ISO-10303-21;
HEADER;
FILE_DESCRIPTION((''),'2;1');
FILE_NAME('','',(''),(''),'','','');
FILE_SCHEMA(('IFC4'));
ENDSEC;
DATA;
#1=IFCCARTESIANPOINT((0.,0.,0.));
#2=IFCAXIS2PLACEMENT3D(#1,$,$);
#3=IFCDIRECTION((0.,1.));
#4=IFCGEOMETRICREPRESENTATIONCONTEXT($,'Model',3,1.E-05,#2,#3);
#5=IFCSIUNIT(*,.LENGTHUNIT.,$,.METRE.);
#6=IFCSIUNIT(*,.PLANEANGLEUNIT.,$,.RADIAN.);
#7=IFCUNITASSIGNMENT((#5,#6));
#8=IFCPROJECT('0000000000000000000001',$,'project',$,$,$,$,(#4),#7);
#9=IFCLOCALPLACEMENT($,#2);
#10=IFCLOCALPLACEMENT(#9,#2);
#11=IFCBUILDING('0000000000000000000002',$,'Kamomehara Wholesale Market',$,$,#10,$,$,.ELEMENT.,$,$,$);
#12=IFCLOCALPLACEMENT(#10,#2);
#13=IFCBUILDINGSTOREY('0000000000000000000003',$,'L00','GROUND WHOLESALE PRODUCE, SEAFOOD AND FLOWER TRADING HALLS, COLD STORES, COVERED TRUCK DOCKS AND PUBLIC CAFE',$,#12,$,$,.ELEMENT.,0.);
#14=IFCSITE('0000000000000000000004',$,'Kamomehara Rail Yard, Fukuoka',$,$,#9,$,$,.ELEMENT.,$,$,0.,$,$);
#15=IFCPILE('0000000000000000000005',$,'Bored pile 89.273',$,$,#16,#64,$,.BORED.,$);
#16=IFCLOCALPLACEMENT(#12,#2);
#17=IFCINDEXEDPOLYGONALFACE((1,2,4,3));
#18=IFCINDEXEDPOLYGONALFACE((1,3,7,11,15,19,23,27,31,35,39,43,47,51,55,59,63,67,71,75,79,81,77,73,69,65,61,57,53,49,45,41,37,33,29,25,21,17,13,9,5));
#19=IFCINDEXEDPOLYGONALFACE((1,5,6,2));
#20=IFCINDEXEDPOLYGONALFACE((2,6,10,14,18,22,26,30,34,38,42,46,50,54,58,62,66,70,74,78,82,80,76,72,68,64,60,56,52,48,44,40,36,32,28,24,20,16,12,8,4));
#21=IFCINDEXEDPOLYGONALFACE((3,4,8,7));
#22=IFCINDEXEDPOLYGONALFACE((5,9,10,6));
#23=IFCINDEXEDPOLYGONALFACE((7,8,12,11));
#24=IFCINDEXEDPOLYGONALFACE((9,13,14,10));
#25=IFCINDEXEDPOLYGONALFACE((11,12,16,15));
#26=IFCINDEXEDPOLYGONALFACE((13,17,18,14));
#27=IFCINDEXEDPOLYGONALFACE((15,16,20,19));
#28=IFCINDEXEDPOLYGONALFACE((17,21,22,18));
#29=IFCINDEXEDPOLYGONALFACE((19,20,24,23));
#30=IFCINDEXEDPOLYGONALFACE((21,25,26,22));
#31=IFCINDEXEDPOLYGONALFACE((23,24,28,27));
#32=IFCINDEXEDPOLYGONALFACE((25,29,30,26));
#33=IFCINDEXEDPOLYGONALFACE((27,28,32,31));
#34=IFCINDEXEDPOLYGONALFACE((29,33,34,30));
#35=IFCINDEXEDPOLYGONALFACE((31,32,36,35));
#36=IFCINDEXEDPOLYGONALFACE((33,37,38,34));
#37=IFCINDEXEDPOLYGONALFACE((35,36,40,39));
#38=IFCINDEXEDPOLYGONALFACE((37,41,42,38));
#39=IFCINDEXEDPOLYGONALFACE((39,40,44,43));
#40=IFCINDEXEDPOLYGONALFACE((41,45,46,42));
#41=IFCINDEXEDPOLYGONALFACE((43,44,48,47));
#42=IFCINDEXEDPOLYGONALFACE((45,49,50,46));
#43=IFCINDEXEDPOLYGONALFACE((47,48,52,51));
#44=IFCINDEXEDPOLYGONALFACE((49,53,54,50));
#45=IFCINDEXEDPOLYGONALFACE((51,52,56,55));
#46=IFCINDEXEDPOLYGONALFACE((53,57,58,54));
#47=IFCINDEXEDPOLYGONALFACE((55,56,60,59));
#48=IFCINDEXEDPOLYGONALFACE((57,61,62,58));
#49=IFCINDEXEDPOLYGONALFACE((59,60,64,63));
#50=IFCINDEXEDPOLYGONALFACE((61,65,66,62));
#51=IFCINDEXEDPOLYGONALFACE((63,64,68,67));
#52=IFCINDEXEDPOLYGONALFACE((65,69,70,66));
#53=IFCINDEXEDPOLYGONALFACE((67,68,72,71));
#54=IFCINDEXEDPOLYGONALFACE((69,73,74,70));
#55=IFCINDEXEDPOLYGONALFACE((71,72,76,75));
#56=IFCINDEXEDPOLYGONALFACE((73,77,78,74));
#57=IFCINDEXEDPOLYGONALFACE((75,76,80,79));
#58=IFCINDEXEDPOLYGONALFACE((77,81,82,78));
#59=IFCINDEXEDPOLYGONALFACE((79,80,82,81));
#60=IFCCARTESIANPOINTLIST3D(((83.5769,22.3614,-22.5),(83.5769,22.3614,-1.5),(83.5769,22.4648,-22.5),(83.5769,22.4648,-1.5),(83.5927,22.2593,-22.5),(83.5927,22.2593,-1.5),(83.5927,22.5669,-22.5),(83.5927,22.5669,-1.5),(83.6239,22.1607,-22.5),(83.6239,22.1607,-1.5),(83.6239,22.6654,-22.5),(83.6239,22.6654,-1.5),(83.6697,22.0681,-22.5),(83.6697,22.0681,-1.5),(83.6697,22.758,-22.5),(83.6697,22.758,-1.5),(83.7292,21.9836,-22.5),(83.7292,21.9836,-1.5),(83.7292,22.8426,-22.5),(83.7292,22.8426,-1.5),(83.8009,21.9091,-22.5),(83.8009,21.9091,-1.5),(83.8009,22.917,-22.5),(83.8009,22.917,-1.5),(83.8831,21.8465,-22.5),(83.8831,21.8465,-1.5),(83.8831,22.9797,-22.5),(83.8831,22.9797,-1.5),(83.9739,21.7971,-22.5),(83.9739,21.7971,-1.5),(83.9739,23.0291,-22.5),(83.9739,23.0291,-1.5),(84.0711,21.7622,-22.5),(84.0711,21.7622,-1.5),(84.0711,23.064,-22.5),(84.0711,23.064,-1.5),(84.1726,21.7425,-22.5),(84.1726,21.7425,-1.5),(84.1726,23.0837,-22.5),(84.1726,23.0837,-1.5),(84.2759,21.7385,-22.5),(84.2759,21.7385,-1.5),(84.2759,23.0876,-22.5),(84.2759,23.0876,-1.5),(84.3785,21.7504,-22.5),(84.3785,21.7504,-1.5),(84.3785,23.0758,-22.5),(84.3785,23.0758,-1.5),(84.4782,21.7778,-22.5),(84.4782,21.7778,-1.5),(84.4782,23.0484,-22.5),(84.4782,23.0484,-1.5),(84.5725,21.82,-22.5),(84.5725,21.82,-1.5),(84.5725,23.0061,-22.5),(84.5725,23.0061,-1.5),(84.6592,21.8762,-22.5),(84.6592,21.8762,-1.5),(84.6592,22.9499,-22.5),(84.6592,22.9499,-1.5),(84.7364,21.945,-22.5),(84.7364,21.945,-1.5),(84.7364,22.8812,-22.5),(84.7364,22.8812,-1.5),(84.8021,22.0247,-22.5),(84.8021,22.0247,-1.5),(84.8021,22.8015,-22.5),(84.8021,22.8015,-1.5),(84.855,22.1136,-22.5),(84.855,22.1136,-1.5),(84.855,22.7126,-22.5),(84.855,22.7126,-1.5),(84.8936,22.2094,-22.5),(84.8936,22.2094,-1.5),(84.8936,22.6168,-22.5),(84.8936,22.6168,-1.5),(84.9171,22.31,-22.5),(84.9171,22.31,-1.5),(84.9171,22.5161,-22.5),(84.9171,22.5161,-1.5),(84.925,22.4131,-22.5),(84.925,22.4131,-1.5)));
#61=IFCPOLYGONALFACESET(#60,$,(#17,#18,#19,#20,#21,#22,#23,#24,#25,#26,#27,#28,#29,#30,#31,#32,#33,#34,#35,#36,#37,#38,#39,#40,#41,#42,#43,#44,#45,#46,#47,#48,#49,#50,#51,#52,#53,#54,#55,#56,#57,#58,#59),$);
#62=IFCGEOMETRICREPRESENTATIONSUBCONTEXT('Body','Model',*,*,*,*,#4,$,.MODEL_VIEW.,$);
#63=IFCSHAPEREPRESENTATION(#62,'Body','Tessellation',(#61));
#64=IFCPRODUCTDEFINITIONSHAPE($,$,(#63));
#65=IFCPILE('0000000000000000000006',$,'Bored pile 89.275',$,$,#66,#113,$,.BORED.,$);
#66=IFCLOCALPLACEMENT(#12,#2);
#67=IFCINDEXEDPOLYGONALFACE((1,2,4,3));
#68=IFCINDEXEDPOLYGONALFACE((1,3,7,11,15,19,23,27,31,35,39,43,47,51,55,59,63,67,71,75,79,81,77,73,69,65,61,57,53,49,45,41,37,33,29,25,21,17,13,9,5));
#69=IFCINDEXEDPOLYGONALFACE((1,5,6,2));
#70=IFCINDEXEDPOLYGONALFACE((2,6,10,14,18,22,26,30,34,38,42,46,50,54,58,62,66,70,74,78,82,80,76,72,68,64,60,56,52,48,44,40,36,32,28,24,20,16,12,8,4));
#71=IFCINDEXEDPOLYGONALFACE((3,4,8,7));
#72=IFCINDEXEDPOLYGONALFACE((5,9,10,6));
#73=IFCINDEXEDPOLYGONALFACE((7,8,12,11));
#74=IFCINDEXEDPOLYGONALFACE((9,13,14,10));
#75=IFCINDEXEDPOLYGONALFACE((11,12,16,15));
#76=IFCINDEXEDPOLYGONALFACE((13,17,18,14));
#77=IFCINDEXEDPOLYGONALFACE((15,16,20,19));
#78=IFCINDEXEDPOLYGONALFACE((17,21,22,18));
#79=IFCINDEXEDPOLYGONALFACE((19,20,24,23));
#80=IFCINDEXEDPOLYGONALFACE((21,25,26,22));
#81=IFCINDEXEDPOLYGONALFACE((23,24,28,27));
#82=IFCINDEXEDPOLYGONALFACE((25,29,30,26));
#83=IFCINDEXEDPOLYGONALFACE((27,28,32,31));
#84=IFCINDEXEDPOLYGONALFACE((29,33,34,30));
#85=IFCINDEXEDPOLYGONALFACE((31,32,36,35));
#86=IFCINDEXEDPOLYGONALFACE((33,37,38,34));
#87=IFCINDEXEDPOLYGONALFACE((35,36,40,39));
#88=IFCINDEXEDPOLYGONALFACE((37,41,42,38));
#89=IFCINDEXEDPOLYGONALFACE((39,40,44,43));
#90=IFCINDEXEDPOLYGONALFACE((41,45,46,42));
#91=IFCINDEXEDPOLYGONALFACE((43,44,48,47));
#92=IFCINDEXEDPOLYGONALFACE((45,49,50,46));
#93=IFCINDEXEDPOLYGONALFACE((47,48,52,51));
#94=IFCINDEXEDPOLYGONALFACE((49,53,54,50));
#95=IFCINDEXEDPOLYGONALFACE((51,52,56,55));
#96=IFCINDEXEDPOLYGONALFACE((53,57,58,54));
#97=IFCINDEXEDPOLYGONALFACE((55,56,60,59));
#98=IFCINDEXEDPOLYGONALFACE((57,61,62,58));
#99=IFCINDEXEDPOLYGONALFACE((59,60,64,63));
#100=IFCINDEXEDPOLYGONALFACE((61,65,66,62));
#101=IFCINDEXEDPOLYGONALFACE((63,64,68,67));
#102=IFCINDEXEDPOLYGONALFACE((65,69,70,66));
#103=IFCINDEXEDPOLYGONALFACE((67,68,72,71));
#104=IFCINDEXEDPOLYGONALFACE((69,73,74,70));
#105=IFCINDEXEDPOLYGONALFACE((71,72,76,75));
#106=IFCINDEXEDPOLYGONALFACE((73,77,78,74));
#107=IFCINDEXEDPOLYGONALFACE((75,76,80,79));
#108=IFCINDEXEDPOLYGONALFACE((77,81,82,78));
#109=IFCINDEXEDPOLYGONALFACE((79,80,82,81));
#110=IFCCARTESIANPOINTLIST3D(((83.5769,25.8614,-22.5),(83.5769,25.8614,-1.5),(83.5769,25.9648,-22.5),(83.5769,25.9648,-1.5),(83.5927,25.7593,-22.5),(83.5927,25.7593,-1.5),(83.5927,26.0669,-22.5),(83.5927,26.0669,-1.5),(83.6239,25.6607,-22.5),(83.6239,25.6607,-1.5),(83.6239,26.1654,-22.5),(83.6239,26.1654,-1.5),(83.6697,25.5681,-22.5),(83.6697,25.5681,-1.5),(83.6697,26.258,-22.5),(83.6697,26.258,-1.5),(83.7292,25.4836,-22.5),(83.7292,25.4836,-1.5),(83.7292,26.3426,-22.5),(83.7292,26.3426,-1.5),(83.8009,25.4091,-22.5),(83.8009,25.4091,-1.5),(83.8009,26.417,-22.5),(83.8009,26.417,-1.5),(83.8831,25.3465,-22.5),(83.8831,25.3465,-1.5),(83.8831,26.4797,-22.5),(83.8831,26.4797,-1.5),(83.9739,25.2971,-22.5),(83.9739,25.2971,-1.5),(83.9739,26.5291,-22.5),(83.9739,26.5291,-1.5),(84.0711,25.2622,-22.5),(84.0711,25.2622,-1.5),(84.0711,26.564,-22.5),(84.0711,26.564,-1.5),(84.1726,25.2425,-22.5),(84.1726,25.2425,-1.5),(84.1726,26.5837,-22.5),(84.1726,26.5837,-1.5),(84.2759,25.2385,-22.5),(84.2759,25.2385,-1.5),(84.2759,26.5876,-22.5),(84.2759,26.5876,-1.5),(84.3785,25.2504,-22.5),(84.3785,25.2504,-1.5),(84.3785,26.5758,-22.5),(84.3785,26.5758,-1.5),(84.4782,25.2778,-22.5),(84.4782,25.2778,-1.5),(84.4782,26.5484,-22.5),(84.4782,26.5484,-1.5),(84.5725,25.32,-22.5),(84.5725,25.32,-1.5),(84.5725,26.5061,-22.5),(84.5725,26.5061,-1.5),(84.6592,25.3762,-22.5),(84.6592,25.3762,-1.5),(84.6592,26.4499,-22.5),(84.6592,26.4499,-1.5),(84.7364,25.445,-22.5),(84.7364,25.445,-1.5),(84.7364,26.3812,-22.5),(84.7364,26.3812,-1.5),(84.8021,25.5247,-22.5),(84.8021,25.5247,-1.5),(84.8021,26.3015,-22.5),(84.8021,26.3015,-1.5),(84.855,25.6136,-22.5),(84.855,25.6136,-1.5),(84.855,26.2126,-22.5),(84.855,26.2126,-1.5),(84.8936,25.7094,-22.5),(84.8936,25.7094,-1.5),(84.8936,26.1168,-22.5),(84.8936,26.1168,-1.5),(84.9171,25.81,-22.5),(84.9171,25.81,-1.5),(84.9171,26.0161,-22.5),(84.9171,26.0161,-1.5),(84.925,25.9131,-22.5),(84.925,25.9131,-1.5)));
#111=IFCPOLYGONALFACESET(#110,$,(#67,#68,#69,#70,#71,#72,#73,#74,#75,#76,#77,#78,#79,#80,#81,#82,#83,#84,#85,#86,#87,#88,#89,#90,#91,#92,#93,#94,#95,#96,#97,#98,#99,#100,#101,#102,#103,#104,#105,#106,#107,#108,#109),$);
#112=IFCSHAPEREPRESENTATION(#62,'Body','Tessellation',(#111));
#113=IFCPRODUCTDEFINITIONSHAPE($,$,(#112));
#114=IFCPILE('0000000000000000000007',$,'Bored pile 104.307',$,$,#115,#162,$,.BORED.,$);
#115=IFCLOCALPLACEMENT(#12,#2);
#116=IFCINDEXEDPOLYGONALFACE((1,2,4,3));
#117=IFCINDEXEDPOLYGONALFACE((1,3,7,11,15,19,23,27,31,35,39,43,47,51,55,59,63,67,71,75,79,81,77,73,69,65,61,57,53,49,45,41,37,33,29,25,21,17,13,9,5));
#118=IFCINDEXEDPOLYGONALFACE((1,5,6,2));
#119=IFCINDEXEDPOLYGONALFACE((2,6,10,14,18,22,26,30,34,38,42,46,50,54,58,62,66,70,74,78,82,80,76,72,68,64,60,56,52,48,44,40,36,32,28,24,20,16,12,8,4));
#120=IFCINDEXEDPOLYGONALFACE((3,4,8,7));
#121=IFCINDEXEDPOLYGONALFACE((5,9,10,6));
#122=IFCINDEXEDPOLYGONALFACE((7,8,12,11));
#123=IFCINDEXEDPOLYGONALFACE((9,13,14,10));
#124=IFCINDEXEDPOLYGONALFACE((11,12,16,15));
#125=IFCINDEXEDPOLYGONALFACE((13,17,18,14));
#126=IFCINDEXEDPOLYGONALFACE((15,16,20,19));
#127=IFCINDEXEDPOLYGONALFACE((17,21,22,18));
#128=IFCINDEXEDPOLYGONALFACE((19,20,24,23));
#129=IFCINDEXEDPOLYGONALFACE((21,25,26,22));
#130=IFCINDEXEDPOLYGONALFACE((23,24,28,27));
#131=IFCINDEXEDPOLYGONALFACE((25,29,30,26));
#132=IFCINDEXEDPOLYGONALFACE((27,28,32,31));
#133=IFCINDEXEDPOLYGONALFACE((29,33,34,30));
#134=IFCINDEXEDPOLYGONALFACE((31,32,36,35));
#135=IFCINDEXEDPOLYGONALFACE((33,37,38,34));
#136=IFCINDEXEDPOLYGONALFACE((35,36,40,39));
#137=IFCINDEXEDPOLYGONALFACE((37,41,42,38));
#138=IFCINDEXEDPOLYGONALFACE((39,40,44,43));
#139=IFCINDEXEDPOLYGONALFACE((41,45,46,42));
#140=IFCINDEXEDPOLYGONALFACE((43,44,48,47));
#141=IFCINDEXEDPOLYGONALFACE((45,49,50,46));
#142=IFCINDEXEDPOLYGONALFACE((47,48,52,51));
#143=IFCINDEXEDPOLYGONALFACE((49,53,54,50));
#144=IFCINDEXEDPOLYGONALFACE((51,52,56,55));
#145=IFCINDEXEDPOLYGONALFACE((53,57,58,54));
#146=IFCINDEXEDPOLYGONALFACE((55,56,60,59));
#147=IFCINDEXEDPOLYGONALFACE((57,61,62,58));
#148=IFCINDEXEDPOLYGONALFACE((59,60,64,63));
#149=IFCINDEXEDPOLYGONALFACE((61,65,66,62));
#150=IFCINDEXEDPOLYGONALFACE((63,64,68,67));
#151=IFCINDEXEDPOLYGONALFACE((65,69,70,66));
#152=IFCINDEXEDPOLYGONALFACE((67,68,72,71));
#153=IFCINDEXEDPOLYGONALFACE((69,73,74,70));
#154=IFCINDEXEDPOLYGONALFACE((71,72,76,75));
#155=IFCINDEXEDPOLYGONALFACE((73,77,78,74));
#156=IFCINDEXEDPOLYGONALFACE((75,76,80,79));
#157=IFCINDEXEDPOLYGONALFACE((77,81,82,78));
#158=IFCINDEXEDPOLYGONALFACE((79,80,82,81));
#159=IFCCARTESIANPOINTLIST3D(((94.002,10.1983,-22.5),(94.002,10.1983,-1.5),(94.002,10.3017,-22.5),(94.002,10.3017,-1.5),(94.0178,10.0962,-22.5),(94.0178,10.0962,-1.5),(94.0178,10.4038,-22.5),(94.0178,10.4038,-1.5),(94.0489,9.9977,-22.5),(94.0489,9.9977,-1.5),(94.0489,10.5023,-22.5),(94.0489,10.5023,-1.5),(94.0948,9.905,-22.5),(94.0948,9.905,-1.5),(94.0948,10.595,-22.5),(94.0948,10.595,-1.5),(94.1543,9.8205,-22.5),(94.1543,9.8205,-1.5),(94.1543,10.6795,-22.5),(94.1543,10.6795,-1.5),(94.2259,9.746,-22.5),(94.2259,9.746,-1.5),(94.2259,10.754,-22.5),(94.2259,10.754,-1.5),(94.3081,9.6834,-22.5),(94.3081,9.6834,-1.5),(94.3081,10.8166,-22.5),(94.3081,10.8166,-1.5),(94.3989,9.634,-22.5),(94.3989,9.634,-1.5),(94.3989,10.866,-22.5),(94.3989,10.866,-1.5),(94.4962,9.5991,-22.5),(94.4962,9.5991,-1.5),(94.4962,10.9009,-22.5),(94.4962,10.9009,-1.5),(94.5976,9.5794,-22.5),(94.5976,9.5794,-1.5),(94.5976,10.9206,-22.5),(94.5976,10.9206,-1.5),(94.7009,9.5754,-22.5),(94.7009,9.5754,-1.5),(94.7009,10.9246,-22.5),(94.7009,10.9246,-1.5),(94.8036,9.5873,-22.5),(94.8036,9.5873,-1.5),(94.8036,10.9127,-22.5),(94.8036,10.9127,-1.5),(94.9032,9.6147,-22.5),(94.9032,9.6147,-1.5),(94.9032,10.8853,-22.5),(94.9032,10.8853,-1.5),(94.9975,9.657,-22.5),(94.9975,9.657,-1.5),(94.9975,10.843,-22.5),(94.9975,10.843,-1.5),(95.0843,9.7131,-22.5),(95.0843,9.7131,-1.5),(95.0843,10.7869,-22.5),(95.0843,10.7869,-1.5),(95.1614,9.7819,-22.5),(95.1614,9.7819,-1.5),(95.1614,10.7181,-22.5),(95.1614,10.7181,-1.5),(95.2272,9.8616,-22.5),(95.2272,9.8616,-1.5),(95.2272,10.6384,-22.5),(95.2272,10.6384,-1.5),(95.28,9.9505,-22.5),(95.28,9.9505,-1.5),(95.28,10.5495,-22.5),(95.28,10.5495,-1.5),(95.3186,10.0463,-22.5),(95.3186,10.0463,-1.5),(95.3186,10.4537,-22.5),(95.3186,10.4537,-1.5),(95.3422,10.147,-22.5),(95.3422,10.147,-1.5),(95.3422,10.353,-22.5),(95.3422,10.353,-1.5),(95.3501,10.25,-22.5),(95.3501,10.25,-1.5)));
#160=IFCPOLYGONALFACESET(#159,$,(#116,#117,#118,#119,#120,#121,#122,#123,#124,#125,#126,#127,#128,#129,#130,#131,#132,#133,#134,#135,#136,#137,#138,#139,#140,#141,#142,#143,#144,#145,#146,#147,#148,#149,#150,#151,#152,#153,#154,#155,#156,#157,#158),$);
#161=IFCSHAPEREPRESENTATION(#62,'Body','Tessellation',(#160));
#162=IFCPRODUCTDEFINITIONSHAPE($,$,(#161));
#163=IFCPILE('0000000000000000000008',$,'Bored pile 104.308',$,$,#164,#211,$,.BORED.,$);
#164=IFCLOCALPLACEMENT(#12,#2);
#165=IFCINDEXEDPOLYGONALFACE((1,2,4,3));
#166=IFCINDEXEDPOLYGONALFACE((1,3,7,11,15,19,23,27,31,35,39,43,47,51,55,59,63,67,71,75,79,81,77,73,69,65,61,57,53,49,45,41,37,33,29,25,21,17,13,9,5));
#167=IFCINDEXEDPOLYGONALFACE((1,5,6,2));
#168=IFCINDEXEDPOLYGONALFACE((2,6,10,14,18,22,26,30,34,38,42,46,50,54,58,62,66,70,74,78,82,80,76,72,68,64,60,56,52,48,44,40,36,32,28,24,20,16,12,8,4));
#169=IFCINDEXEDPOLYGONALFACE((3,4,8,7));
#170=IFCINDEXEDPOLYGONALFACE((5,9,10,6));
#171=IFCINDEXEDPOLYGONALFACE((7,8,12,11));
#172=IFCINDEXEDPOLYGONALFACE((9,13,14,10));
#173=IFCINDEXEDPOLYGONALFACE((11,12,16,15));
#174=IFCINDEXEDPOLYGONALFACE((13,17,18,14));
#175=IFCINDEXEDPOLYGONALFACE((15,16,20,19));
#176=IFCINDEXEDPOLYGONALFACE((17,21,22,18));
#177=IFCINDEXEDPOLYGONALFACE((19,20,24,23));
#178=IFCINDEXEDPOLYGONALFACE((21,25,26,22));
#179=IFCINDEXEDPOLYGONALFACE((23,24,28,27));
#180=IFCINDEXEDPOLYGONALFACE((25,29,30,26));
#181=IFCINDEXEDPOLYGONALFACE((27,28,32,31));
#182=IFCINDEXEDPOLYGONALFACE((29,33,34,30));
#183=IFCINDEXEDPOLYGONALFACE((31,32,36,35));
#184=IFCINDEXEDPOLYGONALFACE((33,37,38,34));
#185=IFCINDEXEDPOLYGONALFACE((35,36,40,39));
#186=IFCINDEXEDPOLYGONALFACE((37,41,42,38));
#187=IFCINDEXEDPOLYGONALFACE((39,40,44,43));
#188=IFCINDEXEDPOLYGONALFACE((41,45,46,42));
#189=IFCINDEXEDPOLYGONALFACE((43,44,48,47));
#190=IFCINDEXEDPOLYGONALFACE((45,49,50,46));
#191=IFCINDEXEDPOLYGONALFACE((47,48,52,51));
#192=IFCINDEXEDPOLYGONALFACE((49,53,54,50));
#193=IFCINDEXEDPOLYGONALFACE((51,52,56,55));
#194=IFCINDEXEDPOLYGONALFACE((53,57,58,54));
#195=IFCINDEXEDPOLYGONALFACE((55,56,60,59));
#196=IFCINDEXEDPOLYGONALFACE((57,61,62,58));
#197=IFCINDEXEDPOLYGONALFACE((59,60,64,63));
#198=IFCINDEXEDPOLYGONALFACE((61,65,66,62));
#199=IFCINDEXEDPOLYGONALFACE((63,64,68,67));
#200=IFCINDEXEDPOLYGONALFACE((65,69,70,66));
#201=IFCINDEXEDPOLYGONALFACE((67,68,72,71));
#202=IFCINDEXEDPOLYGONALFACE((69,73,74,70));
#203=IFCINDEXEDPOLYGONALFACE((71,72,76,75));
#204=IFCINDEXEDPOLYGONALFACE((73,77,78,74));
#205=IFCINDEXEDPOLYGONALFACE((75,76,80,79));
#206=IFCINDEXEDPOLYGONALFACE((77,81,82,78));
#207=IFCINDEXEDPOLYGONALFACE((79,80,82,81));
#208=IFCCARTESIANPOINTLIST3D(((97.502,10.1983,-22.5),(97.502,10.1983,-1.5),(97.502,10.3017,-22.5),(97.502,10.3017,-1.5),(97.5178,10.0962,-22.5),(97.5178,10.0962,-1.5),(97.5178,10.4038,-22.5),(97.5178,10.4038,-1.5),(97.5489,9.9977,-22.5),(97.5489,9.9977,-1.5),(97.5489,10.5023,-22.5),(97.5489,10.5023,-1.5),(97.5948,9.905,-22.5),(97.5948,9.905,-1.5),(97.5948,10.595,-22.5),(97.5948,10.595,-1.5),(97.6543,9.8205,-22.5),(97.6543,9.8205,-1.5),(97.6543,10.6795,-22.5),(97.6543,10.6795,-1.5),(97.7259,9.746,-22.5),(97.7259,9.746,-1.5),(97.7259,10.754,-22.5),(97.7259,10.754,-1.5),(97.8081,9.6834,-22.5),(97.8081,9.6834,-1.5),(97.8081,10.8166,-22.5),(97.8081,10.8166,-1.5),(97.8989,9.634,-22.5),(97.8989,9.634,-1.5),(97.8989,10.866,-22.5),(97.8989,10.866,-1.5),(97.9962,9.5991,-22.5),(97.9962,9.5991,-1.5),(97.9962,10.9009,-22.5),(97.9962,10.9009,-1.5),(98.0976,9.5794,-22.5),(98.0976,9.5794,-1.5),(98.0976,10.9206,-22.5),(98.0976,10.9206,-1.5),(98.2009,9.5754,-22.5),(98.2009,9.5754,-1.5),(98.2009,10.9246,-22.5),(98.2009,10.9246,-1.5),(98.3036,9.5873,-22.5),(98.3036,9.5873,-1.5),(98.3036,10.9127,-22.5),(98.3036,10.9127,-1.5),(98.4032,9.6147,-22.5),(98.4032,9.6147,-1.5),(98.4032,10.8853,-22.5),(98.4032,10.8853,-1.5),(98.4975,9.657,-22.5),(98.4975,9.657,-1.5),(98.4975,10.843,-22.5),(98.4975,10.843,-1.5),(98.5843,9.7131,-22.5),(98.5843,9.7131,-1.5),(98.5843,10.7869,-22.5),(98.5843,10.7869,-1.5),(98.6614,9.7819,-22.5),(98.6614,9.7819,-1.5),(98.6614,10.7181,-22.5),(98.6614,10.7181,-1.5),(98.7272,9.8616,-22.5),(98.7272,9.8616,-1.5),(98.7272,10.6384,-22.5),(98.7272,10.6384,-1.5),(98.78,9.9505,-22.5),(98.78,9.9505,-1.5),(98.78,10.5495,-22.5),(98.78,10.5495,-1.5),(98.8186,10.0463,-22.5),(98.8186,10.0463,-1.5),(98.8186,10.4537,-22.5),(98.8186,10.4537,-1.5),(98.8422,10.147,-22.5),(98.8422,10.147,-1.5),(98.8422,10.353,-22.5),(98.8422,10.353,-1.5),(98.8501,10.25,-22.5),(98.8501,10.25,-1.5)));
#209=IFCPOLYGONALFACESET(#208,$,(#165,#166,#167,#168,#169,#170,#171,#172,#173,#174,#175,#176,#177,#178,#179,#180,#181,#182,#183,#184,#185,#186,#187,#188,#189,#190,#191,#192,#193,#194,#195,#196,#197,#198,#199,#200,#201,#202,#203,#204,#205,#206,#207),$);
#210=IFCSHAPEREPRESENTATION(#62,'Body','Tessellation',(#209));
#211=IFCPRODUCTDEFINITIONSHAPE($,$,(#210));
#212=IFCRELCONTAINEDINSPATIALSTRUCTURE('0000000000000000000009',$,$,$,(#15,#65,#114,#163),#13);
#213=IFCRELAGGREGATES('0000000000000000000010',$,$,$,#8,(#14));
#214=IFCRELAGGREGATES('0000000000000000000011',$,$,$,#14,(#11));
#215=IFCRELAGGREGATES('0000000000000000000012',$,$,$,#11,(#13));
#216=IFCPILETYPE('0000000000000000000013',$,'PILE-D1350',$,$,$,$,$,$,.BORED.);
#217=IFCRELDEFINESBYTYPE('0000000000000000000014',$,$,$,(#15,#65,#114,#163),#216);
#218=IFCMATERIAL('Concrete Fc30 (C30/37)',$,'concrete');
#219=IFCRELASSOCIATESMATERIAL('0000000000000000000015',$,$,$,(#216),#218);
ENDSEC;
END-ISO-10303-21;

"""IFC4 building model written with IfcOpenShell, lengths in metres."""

from ifc_helpers import new_model, si_unit, direction, frame, origin, origin_2d, place, context, subcontext, project, spatial, circle, extrude, material, material_profile, profile_set, type_object, element, save


model = new_model("IFC4")

# Units and contexts
model_context = context("Model", 3, precision=1e-05, world=origin(), true_north=direction((0.0, 1.0)))
body_context = subcontext(model_context, "Body", "Model", "MODEL_VIEW")
ifc_project = project(units=[si_unit("LENGTHUNIT", "METRE"), si_unit("PLANEANGLEUNIT", "RADIAN")], contexts=[model_context])

# Site, building, storey
site_placement = place(None, origin())
site = spatial("IfcSite", under=ifc_project, at=site_placement, Name="Kamomehara Rail Yard, Fukuoka", CompositionType="ELEMENT", RefElevation=0.0)
building_placement = place(site_placement, origin())
building = spatial("IfcBuilding", under=site, at=building_placement, Name="Kamomehara Wholesale Market", CompositionType="ELEMENT")
storey_placement = place(building_placement, origin())
storey = spatial("IfcBuildingStorey", under=building, at=storey_placement, Name="L00", Description="GROUND WHOLESALE PRODUCE, SEAFOOD AND FLOWER TRADING HALLS, COLD STORES, COVERED TRUCK DOCKS AND PUBLIC CAFE", CompositionType="ELEMENT", Elevation=0.0)

# Piles
ifc_material_1 = material(Name="Concrete Fc30 (C30/37)", Category="concrete")
ifc_material_profile_1 = material_profile(ifc_material_1, circle(Radius=0.675, at=origin_2d()), Name="RC-PILE-D1350")
ifc_profile_set_1 = profile_set([ifc_material_profile_1], Name="Concrete Fc30 (C30/37)")
pile_type_1 = type_object("IfcPileType", Name="PILE-D1350", PredefinedType="BORED", material=ifc_profile_set_1)
for number, where, z_axis, x_axis, name in (
    (1, (84.25, 22.4131, -1.5), (0.0, 0.0, -1.0), (1.0, 0.0, 0.0), "Bored pile 89.273"),
    (2, (84.25, 25.9131, -1.5), (0.0, 0.0, -1.0), (1.0, 0.0, 0.0), "Bored pile 89.275"),
    (3, (94.675, 10.25, -1.5), (0.0, 0.0, -1.0), (1.0, 0.0, 0.0), "Bored pile 104.307"),
    (4, (98.175, 10.25, -1.5), (0.0, 0.0, -1.0), (1.0, 0.0, 0.0), "Bored pile 104.308"),
):
    element("IfcPile", number, at=place(storey_placement, frame(where, z_axis=z_axis, x_axis=x_axis)), inside=storey, type_object=pile_type_1, Name=name, PredefinedType="BORED", context=body_context, shape_type="SweptSolid", body=[
        extrude(circle(Radius=0.675, at=origin_2d()), origin(), (0.0, 0.0, 1.0), 21.0),
    ])

save(model, "model.ifc")
